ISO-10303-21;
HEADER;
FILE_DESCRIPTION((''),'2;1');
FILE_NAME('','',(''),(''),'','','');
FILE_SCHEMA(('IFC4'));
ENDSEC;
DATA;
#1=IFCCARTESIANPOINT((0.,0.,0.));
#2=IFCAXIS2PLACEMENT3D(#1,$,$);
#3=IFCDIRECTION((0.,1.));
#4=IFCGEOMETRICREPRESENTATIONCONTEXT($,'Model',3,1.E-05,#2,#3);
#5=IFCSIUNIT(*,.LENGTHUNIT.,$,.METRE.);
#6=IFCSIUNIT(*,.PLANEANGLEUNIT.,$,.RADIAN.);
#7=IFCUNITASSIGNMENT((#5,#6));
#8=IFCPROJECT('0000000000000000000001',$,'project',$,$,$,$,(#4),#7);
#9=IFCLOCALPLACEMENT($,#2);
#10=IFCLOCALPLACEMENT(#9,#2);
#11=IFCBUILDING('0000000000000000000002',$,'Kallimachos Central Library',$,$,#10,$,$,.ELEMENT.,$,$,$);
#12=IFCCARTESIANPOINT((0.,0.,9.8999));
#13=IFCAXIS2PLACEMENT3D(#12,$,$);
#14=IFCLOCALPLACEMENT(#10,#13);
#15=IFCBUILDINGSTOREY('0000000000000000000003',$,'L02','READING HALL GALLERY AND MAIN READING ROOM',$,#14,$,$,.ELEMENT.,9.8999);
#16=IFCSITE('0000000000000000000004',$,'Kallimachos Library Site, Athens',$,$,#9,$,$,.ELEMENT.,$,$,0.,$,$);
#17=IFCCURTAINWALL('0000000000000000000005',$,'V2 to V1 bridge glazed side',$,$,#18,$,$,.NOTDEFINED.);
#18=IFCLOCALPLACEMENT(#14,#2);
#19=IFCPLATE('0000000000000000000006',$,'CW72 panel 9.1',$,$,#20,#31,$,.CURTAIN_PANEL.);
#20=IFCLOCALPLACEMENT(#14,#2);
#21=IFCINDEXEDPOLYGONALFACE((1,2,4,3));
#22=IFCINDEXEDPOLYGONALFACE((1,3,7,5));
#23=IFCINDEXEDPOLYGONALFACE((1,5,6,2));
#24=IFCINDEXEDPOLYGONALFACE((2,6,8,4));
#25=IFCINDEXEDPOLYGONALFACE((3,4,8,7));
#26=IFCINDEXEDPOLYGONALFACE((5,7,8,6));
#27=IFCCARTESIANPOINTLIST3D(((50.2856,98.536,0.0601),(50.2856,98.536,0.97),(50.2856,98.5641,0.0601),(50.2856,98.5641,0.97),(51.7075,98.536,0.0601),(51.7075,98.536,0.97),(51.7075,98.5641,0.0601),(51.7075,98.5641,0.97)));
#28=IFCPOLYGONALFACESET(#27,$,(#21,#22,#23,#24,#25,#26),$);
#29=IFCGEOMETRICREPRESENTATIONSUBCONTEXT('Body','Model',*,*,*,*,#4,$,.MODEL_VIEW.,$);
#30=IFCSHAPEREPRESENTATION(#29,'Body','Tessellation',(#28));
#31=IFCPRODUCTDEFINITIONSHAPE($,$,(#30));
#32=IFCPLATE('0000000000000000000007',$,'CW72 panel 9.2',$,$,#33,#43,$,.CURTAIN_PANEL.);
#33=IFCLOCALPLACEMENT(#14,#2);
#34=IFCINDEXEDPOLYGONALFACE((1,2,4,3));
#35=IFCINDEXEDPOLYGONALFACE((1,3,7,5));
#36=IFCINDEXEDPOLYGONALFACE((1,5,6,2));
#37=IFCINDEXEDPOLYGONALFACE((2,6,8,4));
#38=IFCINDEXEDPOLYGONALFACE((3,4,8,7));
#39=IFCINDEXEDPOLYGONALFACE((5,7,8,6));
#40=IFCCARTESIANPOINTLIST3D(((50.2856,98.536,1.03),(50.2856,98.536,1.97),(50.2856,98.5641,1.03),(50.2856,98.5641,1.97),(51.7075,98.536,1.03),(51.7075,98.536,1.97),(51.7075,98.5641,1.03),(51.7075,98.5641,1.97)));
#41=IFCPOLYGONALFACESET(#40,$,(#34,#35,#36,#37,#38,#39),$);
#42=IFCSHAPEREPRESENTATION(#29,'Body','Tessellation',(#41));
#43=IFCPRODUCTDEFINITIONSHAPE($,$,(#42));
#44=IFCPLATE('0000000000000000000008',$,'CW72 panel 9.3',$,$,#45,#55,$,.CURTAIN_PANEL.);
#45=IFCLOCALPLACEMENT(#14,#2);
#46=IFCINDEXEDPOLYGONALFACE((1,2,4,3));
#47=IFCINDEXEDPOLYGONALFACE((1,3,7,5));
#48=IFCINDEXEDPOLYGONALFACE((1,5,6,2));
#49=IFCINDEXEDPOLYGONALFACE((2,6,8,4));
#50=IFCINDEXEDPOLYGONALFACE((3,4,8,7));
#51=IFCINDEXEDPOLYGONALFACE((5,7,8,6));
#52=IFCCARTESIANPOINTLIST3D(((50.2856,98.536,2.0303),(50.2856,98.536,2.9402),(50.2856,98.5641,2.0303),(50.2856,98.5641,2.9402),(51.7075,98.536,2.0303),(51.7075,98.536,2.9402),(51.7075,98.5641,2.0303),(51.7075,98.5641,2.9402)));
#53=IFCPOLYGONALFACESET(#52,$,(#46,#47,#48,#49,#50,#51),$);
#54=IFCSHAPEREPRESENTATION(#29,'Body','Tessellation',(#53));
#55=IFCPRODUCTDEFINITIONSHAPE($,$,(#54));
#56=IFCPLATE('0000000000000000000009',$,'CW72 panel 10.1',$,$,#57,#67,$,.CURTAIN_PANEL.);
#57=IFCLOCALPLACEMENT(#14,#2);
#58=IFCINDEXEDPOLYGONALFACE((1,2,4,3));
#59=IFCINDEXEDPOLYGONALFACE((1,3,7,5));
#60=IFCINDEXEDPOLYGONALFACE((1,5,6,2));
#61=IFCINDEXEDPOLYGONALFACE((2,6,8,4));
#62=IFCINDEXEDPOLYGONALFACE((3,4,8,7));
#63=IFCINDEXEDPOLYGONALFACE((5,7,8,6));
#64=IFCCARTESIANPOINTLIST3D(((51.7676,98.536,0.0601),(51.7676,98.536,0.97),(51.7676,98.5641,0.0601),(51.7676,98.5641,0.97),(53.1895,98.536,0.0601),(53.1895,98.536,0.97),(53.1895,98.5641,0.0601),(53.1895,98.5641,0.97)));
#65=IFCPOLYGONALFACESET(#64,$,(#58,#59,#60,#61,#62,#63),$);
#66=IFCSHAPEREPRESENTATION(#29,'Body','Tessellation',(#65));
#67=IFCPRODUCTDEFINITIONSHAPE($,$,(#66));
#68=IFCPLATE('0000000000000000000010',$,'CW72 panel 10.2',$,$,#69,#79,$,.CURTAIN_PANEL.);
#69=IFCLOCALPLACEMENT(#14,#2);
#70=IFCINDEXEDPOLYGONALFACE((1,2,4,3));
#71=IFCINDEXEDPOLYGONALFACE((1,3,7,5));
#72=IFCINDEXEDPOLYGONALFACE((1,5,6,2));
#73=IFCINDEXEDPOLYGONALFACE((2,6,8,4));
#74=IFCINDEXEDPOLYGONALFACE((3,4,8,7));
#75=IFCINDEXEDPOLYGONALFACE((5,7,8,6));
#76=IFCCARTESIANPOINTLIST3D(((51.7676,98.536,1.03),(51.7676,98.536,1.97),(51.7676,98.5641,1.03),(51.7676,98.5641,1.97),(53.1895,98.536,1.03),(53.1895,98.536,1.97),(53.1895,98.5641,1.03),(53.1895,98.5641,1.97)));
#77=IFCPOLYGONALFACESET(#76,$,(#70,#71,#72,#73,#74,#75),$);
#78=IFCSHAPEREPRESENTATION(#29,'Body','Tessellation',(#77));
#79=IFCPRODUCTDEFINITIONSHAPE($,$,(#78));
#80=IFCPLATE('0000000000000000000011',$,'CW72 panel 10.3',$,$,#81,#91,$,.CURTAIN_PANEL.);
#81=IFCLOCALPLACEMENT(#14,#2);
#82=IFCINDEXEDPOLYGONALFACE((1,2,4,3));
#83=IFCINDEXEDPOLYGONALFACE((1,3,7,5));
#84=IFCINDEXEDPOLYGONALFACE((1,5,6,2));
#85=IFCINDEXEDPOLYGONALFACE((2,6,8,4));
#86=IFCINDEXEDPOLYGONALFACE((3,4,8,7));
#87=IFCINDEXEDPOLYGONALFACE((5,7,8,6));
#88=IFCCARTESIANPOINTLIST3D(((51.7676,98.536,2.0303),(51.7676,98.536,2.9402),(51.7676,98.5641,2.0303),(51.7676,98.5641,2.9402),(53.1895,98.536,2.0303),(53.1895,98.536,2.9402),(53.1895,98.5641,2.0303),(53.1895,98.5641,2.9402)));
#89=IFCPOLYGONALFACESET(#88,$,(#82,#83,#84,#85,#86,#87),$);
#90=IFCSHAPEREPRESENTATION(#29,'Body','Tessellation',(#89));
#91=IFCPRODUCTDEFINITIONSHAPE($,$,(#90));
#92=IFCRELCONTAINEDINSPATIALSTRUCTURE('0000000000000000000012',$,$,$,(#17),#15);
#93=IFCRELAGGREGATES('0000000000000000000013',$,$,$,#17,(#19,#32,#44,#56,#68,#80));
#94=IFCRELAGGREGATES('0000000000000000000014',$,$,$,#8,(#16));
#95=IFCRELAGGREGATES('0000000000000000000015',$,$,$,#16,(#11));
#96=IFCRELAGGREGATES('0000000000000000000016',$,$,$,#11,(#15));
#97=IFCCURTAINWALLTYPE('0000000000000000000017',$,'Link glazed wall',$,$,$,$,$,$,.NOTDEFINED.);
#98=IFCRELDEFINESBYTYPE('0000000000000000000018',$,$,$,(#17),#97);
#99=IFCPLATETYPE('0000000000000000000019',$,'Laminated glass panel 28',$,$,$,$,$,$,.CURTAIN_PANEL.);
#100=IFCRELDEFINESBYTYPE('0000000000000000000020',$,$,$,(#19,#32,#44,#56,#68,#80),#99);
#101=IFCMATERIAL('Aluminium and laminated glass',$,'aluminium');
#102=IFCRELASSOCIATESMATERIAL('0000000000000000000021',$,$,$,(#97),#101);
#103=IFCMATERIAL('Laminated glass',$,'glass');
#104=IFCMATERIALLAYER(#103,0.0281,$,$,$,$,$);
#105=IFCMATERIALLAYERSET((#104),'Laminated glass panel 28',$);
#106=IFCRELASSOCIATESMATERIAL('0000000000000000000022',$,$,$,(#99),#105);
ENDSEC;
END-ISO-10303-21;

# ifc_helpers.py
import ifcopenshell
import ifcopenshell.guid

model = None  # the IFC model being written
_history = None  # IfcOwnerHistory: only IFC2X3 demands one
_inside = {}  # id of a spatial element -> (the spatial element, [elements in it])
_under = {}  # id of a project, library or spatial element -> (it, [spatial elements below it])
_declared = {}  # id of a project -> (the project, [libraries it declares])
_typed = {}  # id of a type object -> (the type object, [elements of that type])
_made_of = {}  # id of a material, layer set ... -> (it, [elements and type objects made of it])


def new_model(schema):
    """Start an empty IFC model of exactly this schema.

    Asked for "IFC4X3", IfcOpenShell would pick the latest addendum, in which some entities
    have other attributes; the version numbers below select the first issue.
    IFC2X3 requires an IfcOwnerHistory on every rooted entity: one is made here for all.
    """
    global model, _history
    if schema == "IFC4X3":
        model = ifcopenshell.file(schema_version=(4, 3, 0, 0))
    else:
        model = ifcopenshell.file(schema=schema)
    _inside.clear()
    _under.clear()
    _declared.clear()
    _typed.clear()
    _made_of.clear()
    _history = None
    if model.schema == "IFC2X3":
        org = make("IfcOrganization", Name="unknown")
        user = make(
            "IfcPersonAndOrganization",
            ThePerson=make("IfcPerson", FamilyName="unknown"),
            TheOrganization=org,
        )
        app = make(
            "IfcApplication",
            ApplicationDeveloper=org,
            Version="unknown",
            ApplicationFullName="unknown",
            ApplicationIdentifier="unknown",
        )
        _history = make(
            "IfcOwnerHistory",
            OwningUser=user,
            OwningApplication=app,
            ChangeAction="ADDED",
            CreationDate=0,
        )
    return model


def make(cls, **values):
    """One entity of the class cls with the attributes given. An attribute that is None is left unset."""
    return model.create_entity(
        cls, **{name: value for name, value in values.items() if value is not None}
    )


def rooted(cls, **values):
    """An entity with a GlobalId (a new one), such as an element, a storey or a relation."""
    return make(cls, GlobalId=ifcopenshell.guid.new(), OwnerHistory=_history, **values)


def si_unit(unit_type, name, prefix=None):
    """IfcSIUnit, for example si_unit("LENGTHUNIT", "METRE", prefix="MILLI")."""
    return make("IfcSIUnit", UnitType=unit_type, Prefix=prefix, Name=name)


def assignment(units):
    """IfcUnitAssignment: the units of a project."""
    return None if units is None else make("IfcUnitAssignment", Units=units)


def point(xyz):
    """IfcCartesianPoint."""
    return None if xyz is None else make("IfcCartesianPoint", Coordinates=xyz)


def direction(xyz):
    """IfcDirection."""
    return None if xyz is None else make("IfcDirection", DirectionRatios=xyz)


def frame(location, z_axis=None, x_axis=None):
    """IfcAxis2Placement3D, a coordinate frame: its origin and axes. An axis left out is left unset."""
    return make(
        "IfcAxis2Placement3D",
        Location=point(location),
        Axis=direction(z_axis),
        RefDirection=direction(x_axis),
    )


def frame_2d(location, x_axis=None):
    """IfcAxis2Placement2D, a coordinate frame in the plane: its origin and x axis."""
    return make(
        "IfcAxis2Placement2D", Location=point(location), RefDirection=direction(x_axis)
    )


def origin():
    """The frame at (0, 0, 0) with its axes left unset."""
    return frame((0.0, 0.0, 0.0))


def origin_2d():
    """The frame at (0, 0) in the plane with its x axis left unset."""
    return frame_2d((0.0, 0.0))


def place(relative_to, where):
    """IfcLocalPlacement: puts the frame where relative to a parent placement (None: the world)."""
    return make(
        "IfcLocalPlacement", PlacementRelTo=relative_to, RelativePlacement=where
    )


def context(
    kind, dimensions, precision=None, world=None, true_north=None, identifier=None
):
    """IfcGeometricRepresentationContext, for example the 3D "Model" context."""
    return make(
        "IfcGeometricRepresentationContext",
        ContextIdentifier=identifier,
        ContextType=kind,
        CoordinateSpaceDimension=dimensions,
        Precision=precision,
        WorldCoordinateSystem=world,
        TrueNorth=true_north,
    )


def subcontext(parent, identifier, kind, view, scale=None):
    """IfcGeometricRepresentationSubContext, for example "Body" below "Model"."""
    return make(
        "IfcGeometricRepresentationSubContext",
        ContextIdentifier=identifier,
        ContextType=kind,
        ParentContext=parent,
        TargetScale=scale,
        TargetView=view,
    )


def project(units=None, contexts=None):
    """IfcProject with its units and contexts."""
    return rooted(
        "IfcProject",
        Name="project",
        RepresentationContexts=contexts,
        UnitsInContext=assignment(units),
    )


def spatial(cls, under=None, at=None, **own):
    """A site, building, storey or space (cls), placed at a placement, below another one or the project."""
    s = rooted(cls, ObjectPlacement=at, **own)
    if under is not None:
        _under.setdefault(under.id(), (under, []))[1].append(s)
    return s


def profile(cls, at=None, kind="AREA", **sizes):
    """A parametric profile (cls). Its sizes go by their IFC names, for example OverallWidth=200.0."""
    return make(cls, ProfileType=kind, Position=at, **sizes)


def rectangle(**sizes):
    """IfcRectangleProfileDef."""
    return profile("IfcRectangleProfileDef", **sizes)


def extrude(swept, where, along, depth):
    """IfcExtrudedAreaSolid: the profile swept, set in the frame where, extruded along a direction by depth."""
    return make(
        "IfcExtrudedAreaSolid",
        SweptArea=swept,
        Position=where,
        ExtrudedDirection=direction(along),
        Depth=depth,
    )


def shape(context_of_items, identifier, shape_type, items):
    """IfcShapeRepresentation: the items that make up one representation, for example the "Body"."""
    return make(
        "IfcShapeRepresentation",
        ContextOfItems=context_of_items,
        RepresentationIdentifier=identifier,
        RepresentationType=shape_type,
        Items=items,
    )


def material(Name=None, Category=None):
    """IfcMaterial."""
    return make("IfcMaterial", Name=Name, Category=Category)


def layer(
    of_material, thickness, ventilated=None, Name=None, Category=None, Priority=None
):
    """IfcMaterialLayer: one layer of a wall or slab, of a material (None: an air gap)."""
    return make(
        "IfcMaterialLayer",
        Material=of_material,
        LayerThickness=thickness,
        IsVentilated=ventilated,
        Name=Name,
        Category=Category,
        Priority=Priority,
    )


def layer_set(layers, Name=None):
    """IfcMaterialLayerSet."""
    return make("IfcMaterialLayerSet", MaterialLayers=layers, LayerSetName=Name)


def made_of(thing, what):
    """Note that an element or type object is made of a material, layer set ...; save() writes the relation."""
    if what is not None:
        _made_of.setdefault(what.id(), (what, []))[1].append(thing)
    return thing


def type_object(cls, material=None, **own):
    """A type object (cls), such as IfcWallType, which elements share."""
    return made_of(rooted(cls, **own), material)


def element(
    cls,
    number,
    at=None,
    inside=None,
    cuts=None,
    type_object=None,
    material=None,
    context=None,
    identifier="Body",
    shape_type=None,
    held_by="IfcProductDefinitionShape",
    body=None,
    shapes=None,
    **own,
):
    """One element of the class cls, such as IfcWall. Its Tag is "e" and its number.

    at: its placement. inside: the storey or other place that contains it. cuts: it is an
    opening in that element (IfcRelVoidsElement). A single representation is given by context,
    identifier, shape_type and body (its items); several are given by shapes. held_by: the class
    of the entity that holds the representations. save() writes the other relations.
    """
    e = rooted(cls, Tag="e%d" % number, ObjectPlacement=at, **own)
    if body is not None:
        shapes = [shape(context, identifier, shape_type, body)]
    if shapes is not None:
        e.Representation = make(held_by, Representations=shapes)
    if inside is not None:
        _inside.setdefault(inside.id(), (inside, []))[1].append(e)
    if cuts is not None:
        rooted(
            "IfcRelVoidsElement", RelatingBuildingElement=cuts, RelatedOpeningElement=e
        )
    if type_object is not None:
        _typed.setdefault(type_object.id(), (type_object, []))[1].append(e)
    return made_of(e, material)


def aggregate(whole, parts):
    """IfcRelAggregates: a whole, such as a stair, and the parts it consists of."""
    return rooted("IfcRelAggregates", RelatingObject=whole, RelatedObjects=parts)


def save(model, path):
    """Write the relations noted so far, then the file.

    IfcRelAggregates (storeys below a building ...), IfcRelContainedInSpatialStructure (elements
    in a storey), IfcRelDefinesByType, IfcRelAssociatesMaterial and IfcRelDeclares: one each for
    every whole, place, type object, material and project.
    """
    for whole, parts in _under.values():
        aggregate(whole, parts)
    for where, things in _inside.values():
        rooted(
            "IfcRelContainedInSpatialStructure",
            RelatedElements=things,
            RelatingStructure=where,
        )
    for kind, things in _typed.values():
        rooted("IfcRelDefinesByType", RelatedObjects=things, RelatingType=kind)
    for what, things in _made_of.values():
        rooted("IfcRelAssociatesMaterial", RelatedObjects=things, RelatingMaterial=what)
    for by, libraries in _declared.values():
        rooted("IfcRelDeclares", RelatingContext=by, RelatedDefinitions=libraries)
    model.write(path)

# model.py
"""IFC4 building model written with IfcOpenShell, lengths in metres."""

from ifc_helpers import new_model, si_unit, direction, frame, origin, origin_2d, place, context, subcontext, project, spatial, rectangle, extrude, material, layer, layer_set, type_object, element, aggregate, save


model = new_model("IFC4")

# Units and contexts
model_context = context("Model", 3, precision=1e-05, world=origin(), true_north=direction((0.0, 1.0)))
body_context = subcontext(model_context, "Body", "Model", "MODEL_VIEW")
ifc_project = project(units=[si_unit("LENGTHUNIT", "METRE"), si_unit("PLANEANGLEUNIT", "RADIAN")], contexts=[model_context])

# Site, building, storey
site_placement = place(None, origin())
site = spatial("IfcSite", under=ifc_project, at=site_placement, Name="Kallimachos Library Site, Athens", CompositionType="ELEMENT", RefElevation=0.0)
building_placement = place(site_placement, origin())
building = spatial("IfcBuilding", under=site, at=building_placement, Name="Kallimachos Central Library", CompositionType="ELEMENT")
storey_placement = place(building_placement, frame((0.0, 0.0, 9.8999)))
storey = spatial("IfcBuildingStorey", under=building, at=storey_placement, Name="L02", Description="READING HALL GALLERY AND MAIN READING ROOM", CompositionType="ELEMENT", Elevation=9.8999)

# Curtain wall
ifc_material_1 = material(Name="Aluminium and laminated glass", Category="aluminium")
curtain_wall_type = type_object("IfcCurtainWallType", Name="Link glazed wall", PredefinedType="NOTDEFINED", material=ifc_material_1)
curtain_wall_placement = place(storey_placement, origin())
curtain_wall = element("IfcCurtainWall", 1, at=curtain_wall_placement, inside=storey, type_object=curtain_wall_type, Name="V2 to V1 bridge glazed side", PredefinedType="NOTDEFINED")

# Plates
ifc_material_2 = material(Name="Laminated glass", Category="glass")
ifc_layer = layer(ifc_material_2, 0.0281)
ifc_layer_set = layer_set([ifc_layer], Name="Laminated glass panel 28")
plate_type = type_object("IfcPlateType", Name="Laminated glass panel 28", PredefinedType="CURTAIN_PANEL", material=ifc_layer_set)
plate_1_placement = place(storey_placement, frame((50.9966, 98.55, 0.0601), z_axis=(0.0, 0.0, 1.0), x_axis=(1.0, 0.0, 0.0)))
plate_1 = element("IfcPlate", 2, at=plate_1_placement, type_object=plate_type, Name="CW72 panel 9.1", PredefinedType="CURTAIN_PANEL", context=body_context, shape_type="SweptSolid", body=[
    extrude(rectangle(XDim=1.4219, YDim=0.0281, at=origin_2d()), origin(), (0.0, 0.0, 1.0), 0.9099),
])
plate_2_placement = place(storey_placement, frame((50.9966, 98.55, 1.03), z_axis=(0.0, 0.0, 1.0), x_axis=(1.0, 0.0, 0.0)))
plate_2 = element("IfcPlate", 3, at=plate_2_placement, type_object=plate_type, Name="CW72 panel 9.2", PredefinedType="CURTAIN_PANEL", context=body_context, shape_type="SweptSolid", body=[
    extrude(rectangle(XDim=1.4219, YDim=0.0281, at=origin_2d()), origin(), (0.0, 0.0, 1.0), 0.9399),
])
plate_3_placement = place(storey_placement, frame((50.9966, 98.55, 2.0303), z_axis=(0.0, 0.0, 1.0), x_axis=(1.0, 0.0, 0.0)))
plate_3 = element("IfcPlate", 4, at=plate_3_placement, type_object=plate_type, Name="CW72 panel 9.3", PredefinedType="CURTAIN_PANEL", context=body_context, shape_type="SweptSolid", body=[
    extrude(rectangle(XDim=1.4219, YDim=0.0281, at=origin_2d()), origin(), (0.0, 0.0, 1.0), 0.9099),
])
plate_4_placement = place(storey_placement, frame((52.4785, 98.55, 0.0601), z_axis=(0.0, 0.0, 1.0), x_axis=(1.0, 0.0, 0.0)))
plate_4 = element("IfcPlate", 5, at=plate_4_placement, type_object=plate_type, Name="CW72 panel 10.1", PredefinedType="CURTAIN_PANEL", context=body_context, shape_type="SweptSolid", body=[
    extrude(rectangle(XDim=1.4219, YDim=0.0281, at=origin_2d()), origin(), (0.0, 0.0, 1.0), 0.9099),
])
plate_5_placement = place(storey_placement, frame((52.4785, 98.55, 1.03), z_axis=(0.0, 0.0, 1.0), x_axis=(1.0, 0.0, 0.0)))
plate_5 = element("IfcPlate", 6, at=plate_5_placement, type_object=plate_type, Name="CW72 panel 10.2", PredefinedType="CURTAIN_PANEL", context=body_context, shape_type="SweptSolid", body=[
    extrude(rectangle(XDim=1.4219, YDim=0.0281, at=origin_2d()), origin(), (0.0, 0.0, 1.0), 0.9399),
])
plate_6_placement = place(storey_placement, frame((52.4785, 98.55, 2.0303), z_axis=(0.0, 0.0, 1.0), x_axis=(1.0, 0.0, 0.0)))
plate_6 = element("IfcPlate", 7, at=plate_6_placement, type_object=plate_type, Name="CW72 panel 10.3", PredefinedType="CURTAIN_PANEL", context=body_context, shape_type="SweptSolid", body=[
    extrude(rectangle(XDim=1.4219, YDim=0.0281, at=origin_2d()), origin(), (0.0, 0.0, 1.0), 0.9099),
])
aggregate(curtain_wall, [plate_1, plate_2, plate_3, plate_4, plate_5, plate_6])

save(model, "model.ifc")
